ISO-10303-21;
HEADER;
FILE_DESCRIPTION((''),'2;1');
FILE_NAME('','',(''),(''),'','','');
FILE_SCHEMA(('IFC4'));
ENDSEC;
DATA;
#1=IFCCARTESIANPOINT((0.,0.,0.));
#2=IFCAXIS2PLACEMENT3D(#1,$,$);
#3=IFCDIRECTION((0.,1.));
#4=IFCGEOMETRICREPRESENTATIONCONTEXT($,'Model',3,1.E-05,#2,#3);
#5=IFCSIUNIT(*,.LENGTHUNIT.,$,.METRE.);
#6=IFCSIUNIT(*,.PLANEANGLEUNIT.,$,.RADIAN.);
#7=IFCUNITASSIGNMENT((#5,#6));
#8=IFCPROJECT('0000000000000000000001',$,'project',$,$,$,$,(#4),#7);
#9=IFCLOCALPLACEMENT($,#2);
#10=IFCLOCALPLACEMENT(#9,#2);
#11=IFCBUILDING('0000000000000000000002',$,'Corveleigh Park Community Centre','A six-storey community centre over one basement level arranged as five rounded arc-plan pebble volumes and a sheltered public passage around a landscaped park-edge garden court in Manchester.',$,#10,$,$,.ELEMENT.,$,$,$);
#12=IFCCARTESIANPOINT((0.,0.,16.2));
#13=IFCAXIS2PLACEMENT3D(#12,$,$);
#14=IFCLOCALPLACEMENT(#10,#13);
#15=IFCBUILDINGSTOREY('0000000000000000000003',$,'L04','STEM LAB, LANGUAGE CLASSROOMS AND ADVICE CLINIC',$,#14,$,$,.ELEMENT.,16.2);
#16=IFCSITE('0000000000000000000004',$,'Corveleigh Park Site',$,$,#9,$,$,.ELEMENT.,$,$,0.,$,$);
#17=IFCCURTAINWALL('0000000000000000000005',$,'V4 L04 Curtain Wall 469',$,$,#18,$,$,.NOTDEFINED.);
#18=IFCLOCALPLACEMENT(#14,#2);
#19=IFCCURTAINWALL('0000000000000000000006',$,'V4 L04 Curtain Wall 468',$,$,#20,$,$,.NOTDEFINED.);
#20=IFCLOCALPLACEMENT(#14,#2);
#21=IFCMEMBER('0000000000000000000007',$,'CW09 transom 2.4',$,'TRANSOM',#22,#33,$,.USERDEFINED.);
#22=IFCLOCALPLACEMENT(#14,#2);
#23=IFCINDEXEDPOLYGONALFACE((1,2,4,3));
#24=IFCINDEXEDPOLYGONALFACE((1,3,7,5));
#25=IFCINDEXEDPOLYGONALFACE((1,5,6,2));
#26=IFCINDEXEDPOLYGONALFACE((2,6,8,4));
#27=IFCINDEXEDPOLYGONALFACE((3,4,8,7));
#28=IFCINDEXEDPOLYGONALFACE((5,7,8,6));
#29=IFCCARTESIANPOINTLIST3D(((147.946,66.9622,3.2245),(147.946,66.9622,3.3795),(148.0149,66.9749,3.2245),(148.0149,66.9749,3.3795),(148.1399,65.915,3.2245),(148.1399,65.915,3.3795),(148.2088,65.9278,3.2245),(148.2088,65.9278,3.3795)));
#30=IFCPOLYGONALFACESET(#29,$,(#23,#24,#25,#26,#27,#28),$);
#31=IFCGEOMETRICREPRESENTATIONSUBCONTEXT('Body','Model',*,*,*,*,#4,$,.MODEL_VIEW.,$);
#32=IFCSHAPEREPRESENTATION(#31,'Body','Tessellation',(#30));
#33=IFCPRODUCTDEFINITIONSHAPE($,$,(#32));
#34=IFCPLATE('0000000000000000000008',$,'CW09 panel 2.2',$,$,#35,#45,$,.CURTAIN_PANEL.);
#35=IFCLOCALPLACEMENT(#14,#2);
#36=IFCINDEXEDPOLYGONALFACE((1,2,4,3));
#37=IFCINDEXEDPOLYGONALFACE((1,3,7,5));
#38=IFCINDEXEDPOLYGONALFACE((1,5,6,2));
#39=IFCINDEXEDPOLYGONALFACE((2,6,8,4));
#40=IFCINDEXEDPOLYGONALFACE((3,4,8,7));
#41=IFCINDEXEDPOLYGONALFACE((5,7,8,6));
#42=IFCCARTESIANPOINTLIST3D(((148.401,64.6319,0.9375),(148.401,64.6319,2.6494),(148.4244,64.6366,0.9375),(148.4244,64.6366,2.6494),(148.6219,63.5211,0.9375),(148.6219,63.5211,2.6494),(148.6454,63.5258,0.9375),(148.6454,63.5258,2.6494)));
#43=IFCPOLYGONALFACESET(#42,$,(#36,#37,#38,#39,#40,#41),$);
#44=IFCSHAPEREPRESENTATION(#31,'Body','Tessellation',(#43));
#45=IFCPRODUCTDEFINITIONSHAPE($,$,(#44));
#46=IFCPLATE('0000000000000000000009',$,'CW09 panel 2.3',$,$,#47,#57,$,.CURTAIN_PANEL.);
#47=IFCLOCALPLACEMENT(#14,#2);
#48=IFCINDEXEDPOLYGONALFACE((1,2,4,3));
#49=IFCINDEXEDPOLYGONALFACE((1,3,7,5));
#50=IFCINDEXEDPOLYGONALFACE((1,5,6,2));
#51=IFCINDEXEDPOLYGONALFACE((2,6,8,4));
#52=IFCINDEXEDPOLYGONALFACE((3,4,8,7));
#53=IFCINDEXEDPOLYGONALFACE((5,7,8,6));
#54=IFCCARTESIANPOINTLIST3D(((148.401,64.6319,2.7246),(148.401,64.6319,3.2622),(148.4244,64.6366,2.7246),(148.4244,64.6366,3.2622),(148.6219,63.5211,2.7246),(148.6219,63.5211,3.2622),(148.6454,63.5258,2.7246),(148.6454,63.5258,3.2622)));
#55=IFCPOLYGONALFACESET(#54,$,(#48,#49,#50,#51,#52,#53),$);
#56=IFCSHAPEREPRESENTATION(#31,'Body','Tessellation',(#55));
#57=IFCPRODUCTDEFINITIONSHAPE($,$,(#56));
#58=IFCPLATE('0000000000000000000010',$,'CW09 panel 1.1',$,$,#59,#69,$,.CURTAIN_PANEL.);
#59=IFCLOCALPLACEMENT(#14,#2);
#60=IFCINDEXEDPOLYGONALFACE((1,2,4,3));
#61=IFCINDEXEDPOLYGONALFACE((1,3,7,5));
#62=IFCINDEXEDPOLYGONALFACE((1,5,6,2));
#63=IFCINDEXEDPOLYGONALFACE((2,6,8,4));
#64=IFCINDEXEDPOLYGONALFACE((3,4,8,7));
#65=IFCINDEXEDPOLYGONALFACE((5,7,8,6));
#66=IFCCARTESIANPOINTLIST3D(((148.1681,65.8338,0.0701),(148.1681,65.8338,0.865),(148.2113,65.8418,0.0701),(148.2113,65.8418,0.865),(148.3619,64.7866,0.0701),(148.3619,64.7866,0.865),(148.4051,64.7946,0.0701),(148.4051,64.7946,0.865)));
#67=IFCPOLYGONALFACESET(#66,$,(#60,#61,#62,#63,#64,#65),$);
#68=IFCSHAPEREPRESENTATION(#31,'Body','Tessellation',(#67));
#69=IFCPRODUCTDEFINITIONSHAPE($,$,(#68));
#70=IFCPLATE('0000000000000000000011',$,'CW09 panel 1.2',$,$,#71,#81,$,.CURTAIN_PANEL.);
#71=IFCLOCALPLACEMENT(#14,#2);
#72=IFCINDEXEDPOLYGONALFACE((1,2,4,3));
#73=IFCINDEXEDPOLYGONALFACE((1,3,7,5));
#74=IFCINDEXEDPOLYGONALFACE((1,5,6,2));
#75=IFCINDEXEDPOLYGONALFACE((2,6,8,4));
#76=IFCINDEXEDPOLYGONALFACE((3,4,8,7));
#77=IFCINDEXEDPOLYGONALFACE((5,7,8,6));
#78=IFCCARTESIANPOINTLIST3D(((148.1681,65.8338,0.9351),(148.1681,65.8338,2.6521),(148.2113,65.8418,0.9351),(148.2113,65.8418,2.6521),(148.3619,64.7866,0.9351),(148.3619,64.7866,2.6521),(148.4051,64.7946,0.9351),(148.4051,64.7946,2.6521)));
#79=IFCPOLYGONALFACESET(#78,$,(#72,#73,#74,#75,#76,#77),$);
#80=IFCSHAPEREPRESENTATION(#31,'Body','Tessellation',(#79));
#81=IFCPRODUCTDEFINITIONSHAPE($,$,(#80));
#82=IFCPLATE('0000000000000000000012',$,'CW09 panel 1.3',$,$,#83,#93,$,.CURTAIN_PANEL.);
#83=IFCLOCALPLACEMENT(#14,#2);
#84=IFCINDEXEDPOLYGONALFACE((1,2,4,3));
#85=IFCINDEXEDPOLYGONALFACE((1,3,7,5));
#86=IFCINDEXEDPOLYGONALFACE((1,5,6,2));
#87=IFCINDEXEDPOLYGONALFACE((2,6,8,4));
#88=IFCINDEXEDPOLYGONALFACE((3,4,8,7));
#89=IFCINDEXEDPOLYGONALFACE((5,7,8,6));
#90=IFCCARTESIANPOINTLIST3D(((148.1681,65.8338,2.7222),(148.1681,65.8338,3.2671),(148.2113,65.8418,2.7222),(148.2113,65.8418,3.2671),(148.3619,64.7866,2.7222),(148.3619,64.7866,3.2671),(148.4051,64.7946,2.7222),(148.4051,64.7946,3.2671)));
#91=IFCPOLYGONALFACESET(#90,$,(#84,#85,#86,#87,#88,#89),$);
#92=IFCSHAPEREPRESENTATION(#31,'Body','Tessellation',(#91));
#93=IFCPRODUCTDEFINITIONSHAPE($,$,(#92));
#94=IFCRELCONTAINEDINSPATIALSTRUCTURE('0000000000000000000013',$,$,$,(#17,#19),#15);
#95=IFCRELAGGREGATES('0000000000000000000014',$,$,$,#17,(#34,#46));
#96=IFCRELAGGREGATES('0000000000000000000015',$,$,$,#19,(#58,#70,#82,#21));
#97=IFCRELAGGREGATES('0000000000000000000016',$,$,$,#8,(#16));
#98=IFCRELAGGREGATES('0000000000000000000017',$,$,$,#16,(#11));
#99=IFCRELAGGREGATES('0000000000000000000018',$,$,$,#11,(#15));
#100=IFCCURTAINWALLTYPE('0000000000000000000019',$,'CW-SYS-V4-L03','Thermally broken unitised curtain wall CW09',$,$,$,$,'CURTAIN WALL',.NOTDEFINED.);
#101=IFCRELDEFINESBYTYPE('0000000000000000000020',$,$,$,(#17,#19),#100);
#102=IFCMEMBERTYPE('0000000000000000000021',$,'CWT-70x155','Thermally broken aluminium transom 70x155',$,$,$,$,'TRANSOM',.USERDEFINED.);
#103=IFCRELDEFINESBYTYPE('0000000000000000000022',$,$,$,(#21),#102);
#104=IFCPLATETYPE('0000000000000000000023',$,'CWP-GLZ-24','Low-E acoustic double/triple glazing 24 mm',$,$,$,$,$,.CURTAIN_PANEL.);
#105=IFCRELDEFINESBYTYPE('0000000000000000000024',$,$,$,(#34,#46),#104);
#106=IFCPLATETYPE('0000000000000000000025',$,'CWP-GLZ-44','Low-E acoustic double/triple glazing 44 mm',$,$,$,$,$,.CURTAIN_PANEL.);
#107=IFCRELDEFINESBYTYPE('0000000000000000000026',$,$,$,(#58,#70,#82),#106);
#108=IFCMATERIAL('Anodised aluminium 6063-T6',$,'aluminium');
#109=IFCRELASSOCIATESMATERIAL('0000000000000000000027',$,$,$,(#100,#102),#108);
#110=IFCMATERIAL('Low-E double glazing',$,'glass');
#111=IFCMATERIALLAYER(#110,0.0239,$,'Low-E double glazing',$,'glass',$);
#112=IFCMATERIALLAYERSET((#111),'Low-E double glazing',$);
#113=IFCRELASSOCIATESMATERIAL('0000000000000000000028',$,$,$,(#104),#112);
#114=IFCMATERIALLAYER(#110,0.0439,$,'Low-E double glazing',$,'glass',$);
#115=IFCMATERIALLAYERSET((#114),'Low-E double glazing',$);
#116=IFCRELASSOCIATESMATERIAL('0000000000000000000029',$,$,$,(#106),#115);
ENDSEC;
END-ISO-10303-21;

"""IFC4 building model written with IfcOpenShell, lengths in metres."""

from ifc_helpers import new_model, si_unit, direction, frame, origin, origin_2d, place, context, subcontext, project, spatial, rectangle, extrude, material, layer, layer_set, material_profile, profile_set, type_object, element, aggregate, save


model = new_model("IFC4")

# Units and contexts
model_context = context("Model", 3, precision=1e-05, world=origin(), true_north=direction((0.0, 1.0)))
body_context = subcontext(model_context, "Body", "Model", "MODEL_VIEW")
ifc_project = project(units=[si_unit("LENGTHUNIT", "METRE"), si_unit("PLANEANGLEUNIT", "RADIAN")], contexts=[model_context])

# Site, building, storey
site_placement = place(None, origin())
site = spatial("IfcSite", under=ifc_project, at=site_placement, Name="Corveleigh Park Site", CompositionType="ELEMENT", RefElevation=0.0)
building_placement = place(site_placement, origin())
building = spatial("IfcBuilding", under=site, at=building_placement, Name="Corveleigh Park Community Centre", Description="A six-storey community centre over one basement level arranged as five rounded arc-plan pebble volumes and a sheltered public passage around a landscaped park-edge garden court in Manchester.", CompositionType="ELEMENT")
storey_placement = place(building_placement, frame((0.0, 0.0, 16.2)))
storey = spatial("IfcBuildingStorey", under=building, at=storey_placement, Name="L04", Description="STEM LAB, LANGUAGE CLASSROOMS AND ADVICE CLINIC", CompositionType="ELEMENT", Elevation=16.2)

# Curtain wall
ifc_material_1 = material(Name="Anodised aluminium 6063-T6", Category="aluminium")
curtain_wall_type = type_object("IfcCurtainWallType", Name="CW-SYS-V4-L03", Description="Thermally broken unitised curtain wall CW09", ElementType="CURTAIN WALL", PredefinedType="NOTDEFINED", material=ifc_material_1)
curtain_wall_1_placement = place(storey_placement, origin())
curtain_wall_1 = element("IfcCurtainWall", 1, at=curtain_wall_1_placement, inside=storey, type_object=curtain_wall_type, Name="V4 L04 Curtain Wall 469", PredefinedType="NOTDEFINED")

# Curtain wall, member
curtain_wall_2_placement = place(storey_placement, origin())
curtain_wall_2 = element("IfcCurtainWall", 2, at=curtain_wall_2_placement, inside=storey, type_object=curtain_wall_type, Name="V4 L04 Curtain Wall 468", PredefinedType="NOTDEFINED")
ifc_material_profile_1 = material_profile(ifc_material_1, rectangle(XDim=0.0701, YDim=0.155, at=origin_2d()), Name="ALU-T70x155", Category="aluminium")
ifc_profile_set_1 = profile_set([ifc_material_profile_1], Name="Anodised aluminium 6063-T6")
member_type_1 = type_object("IfcMemberType", Name="CWT-70x155", Description="Thermally broken aluminium transom 70x155", ElementType="TRANSOM", PredefinedType="USERDEFINED", material=ifc_profile_set_1)
member_1_placement = place(storey_placement, frame((148.1743, 65.9214, 3.302), z_axis=(-0.182032, 0.983293, 0.0), x_axis=(-0.983293, -0.182032, 0.0)))
member_1 = element("IfcMember", 3, at=member_1_placement, type_object=member_type_1, Name="CW09 transom 2.4", ObjectType="TRANSOM", PredefinedType="USERDEFINED", context=body_context, shape_type="SweptSolid", body=[
    extrude(rectangle(XDim=0.0701, YDim=0.155, at=origin_2d()), origin(), (0.0, 0.0, 1.0), 1.0649),
])

# Plates
ifc_material_2 = material(Name="Low-E double glazing", Category="glass")
ifc_layer_1 = layer(ifc_material_2, 0.0239, Name="Low-E double glazing", Category="glass")
ifc_layer_set_1 = layer_set([ifc_layer_1], Name="Low-E double glazing")
plate_type_1 = type_object("IfcPlateType", Name="CWP-GLZ-24", Description="Low-E acoustic double/triple glazing 24 mm", PredefinedType="CURTAIN_PANEL", material=ifc_layer_set_1)
plate_1_placement = place(storey_placement, frame((148.5232, 64.0789, 0.9375), z_axis=(0.0, 0.0, 1.0), x_axis=(-0.195094, 0.980785, 0.0)))
plate_1 = element("IfcPlate", 4, at=plate_1_placement, type_object=plate_type_1, Name="CW09 panel 2.2", PredefinedType="CURTAIN_PANEL", context=body_context, shape_type="SweptSolid", body=[
    extrude(rectangle(XDim=1.1326, YDim=0.0239, at=origin_2d()), origin(), (0.0, 0.0, 1.0), 1.7119),
])
plate_2_placement = place(storey_placement, frame((148.5232, 64.0789, 2.7246), z_axis=(0.0, 0.0, 1.0), x_axis=(-0.195094, 0.980785, 0.0)))
plate_2 = element("IfcPlate", 5, at=plate_2_placement, type_object=plate_type_1, Name="CW09 panel 2.3", PredefinedType="CURTAIN_PANEL", context=body_context, shape_type="SweptSolid", body=[
    extrude(rectangle(XDim=1.1326, YDim=0.0239, at=origin_2d()), origin(), (0.0, 0.0, 1.0), 0.5376),
])
aggregate(curtain_wall_1, [plate_1, plate_2])
ifc_layer_2 = layer(ifc_material_2, 0.0439, Name="Low-E double glazing", Category="glass")
ifc_layer_set_2 = layer_set([ifc_layer_2], Name="Low-E double glazing")
plate_type_2 = type_object("IfcPlateType", Name="CWP-GLZ-44", Description="Low-E acoustic double/triple glazing 44 mm", PredefinedType="CURTAIN_PANEL", material=ifc_layer_set_2)
plate_3_placement = place(storey_placement, frame((148.2866, 65.3142, 0.0701), z_axis=(0.0, 0.0, 1.0), x_axis=(-0.181984, 0.983301, 0.0)))
plate_3 = element("IfcPlate", 6, at=plate_3_placement, type_object=plate_type_2, Name="CW09 panel 1.1", PredefinedType="CURTAIN_PANEL", context=body_context, shape_type="SweptSolid", body=[
    extrude(rectangle(XDim=1.0649, YDim=0.0439, at=origin_2d()), origin(), (0.0, 0.0, 1.0), 0.7949),
])
plate_4_placement = place(storey_placement, frame((148.2866, 65.3142, 0.9351), z_axis=(0.0, 0.0, 1.0), x_axis=(-0.181984, 0.983301, 0.0)))
plate_4 = element("IfcPlate", 7, at=plate_4_placement, type_object=plate_type_2, Name="CW09 panel 1.2", PredefinedType="CURTAIN_PANEL", context=body_context, shape_type="SweptSolid", body=[
    extrude(rectangle(XDim=1.0649, YDim=0.0439, at=origin_2d()), origin(), (0.0, 0.0, 1.0), 1.717),
])
plate_5_placement = place(storey_placement, frame((148.2866, 65.3142, 2.7222), z_axis=(0.0, 0.0, 1.0), x_axis=(-0.181984, 0.983301, 0.0)))
plate_5 = element("IfcPlate", 8, at=plate_5_placement, type_object=plate_type_2, Name="CW09 panel 1.3", PredefinedType="CURTAIN_PANEL", context=body_context, shape_type="SweptSolid", body=[
    extrude(rectangle(XDim=1.0649, YDim=0.0439, at=origin_2d()), origin(), (0.0, 0.0, 1.0), 0.5449),
])
aggregate(curtain_wall_2, [plate_3, plate_4, plate_5, member_1])

save(model, "model.ifc")
